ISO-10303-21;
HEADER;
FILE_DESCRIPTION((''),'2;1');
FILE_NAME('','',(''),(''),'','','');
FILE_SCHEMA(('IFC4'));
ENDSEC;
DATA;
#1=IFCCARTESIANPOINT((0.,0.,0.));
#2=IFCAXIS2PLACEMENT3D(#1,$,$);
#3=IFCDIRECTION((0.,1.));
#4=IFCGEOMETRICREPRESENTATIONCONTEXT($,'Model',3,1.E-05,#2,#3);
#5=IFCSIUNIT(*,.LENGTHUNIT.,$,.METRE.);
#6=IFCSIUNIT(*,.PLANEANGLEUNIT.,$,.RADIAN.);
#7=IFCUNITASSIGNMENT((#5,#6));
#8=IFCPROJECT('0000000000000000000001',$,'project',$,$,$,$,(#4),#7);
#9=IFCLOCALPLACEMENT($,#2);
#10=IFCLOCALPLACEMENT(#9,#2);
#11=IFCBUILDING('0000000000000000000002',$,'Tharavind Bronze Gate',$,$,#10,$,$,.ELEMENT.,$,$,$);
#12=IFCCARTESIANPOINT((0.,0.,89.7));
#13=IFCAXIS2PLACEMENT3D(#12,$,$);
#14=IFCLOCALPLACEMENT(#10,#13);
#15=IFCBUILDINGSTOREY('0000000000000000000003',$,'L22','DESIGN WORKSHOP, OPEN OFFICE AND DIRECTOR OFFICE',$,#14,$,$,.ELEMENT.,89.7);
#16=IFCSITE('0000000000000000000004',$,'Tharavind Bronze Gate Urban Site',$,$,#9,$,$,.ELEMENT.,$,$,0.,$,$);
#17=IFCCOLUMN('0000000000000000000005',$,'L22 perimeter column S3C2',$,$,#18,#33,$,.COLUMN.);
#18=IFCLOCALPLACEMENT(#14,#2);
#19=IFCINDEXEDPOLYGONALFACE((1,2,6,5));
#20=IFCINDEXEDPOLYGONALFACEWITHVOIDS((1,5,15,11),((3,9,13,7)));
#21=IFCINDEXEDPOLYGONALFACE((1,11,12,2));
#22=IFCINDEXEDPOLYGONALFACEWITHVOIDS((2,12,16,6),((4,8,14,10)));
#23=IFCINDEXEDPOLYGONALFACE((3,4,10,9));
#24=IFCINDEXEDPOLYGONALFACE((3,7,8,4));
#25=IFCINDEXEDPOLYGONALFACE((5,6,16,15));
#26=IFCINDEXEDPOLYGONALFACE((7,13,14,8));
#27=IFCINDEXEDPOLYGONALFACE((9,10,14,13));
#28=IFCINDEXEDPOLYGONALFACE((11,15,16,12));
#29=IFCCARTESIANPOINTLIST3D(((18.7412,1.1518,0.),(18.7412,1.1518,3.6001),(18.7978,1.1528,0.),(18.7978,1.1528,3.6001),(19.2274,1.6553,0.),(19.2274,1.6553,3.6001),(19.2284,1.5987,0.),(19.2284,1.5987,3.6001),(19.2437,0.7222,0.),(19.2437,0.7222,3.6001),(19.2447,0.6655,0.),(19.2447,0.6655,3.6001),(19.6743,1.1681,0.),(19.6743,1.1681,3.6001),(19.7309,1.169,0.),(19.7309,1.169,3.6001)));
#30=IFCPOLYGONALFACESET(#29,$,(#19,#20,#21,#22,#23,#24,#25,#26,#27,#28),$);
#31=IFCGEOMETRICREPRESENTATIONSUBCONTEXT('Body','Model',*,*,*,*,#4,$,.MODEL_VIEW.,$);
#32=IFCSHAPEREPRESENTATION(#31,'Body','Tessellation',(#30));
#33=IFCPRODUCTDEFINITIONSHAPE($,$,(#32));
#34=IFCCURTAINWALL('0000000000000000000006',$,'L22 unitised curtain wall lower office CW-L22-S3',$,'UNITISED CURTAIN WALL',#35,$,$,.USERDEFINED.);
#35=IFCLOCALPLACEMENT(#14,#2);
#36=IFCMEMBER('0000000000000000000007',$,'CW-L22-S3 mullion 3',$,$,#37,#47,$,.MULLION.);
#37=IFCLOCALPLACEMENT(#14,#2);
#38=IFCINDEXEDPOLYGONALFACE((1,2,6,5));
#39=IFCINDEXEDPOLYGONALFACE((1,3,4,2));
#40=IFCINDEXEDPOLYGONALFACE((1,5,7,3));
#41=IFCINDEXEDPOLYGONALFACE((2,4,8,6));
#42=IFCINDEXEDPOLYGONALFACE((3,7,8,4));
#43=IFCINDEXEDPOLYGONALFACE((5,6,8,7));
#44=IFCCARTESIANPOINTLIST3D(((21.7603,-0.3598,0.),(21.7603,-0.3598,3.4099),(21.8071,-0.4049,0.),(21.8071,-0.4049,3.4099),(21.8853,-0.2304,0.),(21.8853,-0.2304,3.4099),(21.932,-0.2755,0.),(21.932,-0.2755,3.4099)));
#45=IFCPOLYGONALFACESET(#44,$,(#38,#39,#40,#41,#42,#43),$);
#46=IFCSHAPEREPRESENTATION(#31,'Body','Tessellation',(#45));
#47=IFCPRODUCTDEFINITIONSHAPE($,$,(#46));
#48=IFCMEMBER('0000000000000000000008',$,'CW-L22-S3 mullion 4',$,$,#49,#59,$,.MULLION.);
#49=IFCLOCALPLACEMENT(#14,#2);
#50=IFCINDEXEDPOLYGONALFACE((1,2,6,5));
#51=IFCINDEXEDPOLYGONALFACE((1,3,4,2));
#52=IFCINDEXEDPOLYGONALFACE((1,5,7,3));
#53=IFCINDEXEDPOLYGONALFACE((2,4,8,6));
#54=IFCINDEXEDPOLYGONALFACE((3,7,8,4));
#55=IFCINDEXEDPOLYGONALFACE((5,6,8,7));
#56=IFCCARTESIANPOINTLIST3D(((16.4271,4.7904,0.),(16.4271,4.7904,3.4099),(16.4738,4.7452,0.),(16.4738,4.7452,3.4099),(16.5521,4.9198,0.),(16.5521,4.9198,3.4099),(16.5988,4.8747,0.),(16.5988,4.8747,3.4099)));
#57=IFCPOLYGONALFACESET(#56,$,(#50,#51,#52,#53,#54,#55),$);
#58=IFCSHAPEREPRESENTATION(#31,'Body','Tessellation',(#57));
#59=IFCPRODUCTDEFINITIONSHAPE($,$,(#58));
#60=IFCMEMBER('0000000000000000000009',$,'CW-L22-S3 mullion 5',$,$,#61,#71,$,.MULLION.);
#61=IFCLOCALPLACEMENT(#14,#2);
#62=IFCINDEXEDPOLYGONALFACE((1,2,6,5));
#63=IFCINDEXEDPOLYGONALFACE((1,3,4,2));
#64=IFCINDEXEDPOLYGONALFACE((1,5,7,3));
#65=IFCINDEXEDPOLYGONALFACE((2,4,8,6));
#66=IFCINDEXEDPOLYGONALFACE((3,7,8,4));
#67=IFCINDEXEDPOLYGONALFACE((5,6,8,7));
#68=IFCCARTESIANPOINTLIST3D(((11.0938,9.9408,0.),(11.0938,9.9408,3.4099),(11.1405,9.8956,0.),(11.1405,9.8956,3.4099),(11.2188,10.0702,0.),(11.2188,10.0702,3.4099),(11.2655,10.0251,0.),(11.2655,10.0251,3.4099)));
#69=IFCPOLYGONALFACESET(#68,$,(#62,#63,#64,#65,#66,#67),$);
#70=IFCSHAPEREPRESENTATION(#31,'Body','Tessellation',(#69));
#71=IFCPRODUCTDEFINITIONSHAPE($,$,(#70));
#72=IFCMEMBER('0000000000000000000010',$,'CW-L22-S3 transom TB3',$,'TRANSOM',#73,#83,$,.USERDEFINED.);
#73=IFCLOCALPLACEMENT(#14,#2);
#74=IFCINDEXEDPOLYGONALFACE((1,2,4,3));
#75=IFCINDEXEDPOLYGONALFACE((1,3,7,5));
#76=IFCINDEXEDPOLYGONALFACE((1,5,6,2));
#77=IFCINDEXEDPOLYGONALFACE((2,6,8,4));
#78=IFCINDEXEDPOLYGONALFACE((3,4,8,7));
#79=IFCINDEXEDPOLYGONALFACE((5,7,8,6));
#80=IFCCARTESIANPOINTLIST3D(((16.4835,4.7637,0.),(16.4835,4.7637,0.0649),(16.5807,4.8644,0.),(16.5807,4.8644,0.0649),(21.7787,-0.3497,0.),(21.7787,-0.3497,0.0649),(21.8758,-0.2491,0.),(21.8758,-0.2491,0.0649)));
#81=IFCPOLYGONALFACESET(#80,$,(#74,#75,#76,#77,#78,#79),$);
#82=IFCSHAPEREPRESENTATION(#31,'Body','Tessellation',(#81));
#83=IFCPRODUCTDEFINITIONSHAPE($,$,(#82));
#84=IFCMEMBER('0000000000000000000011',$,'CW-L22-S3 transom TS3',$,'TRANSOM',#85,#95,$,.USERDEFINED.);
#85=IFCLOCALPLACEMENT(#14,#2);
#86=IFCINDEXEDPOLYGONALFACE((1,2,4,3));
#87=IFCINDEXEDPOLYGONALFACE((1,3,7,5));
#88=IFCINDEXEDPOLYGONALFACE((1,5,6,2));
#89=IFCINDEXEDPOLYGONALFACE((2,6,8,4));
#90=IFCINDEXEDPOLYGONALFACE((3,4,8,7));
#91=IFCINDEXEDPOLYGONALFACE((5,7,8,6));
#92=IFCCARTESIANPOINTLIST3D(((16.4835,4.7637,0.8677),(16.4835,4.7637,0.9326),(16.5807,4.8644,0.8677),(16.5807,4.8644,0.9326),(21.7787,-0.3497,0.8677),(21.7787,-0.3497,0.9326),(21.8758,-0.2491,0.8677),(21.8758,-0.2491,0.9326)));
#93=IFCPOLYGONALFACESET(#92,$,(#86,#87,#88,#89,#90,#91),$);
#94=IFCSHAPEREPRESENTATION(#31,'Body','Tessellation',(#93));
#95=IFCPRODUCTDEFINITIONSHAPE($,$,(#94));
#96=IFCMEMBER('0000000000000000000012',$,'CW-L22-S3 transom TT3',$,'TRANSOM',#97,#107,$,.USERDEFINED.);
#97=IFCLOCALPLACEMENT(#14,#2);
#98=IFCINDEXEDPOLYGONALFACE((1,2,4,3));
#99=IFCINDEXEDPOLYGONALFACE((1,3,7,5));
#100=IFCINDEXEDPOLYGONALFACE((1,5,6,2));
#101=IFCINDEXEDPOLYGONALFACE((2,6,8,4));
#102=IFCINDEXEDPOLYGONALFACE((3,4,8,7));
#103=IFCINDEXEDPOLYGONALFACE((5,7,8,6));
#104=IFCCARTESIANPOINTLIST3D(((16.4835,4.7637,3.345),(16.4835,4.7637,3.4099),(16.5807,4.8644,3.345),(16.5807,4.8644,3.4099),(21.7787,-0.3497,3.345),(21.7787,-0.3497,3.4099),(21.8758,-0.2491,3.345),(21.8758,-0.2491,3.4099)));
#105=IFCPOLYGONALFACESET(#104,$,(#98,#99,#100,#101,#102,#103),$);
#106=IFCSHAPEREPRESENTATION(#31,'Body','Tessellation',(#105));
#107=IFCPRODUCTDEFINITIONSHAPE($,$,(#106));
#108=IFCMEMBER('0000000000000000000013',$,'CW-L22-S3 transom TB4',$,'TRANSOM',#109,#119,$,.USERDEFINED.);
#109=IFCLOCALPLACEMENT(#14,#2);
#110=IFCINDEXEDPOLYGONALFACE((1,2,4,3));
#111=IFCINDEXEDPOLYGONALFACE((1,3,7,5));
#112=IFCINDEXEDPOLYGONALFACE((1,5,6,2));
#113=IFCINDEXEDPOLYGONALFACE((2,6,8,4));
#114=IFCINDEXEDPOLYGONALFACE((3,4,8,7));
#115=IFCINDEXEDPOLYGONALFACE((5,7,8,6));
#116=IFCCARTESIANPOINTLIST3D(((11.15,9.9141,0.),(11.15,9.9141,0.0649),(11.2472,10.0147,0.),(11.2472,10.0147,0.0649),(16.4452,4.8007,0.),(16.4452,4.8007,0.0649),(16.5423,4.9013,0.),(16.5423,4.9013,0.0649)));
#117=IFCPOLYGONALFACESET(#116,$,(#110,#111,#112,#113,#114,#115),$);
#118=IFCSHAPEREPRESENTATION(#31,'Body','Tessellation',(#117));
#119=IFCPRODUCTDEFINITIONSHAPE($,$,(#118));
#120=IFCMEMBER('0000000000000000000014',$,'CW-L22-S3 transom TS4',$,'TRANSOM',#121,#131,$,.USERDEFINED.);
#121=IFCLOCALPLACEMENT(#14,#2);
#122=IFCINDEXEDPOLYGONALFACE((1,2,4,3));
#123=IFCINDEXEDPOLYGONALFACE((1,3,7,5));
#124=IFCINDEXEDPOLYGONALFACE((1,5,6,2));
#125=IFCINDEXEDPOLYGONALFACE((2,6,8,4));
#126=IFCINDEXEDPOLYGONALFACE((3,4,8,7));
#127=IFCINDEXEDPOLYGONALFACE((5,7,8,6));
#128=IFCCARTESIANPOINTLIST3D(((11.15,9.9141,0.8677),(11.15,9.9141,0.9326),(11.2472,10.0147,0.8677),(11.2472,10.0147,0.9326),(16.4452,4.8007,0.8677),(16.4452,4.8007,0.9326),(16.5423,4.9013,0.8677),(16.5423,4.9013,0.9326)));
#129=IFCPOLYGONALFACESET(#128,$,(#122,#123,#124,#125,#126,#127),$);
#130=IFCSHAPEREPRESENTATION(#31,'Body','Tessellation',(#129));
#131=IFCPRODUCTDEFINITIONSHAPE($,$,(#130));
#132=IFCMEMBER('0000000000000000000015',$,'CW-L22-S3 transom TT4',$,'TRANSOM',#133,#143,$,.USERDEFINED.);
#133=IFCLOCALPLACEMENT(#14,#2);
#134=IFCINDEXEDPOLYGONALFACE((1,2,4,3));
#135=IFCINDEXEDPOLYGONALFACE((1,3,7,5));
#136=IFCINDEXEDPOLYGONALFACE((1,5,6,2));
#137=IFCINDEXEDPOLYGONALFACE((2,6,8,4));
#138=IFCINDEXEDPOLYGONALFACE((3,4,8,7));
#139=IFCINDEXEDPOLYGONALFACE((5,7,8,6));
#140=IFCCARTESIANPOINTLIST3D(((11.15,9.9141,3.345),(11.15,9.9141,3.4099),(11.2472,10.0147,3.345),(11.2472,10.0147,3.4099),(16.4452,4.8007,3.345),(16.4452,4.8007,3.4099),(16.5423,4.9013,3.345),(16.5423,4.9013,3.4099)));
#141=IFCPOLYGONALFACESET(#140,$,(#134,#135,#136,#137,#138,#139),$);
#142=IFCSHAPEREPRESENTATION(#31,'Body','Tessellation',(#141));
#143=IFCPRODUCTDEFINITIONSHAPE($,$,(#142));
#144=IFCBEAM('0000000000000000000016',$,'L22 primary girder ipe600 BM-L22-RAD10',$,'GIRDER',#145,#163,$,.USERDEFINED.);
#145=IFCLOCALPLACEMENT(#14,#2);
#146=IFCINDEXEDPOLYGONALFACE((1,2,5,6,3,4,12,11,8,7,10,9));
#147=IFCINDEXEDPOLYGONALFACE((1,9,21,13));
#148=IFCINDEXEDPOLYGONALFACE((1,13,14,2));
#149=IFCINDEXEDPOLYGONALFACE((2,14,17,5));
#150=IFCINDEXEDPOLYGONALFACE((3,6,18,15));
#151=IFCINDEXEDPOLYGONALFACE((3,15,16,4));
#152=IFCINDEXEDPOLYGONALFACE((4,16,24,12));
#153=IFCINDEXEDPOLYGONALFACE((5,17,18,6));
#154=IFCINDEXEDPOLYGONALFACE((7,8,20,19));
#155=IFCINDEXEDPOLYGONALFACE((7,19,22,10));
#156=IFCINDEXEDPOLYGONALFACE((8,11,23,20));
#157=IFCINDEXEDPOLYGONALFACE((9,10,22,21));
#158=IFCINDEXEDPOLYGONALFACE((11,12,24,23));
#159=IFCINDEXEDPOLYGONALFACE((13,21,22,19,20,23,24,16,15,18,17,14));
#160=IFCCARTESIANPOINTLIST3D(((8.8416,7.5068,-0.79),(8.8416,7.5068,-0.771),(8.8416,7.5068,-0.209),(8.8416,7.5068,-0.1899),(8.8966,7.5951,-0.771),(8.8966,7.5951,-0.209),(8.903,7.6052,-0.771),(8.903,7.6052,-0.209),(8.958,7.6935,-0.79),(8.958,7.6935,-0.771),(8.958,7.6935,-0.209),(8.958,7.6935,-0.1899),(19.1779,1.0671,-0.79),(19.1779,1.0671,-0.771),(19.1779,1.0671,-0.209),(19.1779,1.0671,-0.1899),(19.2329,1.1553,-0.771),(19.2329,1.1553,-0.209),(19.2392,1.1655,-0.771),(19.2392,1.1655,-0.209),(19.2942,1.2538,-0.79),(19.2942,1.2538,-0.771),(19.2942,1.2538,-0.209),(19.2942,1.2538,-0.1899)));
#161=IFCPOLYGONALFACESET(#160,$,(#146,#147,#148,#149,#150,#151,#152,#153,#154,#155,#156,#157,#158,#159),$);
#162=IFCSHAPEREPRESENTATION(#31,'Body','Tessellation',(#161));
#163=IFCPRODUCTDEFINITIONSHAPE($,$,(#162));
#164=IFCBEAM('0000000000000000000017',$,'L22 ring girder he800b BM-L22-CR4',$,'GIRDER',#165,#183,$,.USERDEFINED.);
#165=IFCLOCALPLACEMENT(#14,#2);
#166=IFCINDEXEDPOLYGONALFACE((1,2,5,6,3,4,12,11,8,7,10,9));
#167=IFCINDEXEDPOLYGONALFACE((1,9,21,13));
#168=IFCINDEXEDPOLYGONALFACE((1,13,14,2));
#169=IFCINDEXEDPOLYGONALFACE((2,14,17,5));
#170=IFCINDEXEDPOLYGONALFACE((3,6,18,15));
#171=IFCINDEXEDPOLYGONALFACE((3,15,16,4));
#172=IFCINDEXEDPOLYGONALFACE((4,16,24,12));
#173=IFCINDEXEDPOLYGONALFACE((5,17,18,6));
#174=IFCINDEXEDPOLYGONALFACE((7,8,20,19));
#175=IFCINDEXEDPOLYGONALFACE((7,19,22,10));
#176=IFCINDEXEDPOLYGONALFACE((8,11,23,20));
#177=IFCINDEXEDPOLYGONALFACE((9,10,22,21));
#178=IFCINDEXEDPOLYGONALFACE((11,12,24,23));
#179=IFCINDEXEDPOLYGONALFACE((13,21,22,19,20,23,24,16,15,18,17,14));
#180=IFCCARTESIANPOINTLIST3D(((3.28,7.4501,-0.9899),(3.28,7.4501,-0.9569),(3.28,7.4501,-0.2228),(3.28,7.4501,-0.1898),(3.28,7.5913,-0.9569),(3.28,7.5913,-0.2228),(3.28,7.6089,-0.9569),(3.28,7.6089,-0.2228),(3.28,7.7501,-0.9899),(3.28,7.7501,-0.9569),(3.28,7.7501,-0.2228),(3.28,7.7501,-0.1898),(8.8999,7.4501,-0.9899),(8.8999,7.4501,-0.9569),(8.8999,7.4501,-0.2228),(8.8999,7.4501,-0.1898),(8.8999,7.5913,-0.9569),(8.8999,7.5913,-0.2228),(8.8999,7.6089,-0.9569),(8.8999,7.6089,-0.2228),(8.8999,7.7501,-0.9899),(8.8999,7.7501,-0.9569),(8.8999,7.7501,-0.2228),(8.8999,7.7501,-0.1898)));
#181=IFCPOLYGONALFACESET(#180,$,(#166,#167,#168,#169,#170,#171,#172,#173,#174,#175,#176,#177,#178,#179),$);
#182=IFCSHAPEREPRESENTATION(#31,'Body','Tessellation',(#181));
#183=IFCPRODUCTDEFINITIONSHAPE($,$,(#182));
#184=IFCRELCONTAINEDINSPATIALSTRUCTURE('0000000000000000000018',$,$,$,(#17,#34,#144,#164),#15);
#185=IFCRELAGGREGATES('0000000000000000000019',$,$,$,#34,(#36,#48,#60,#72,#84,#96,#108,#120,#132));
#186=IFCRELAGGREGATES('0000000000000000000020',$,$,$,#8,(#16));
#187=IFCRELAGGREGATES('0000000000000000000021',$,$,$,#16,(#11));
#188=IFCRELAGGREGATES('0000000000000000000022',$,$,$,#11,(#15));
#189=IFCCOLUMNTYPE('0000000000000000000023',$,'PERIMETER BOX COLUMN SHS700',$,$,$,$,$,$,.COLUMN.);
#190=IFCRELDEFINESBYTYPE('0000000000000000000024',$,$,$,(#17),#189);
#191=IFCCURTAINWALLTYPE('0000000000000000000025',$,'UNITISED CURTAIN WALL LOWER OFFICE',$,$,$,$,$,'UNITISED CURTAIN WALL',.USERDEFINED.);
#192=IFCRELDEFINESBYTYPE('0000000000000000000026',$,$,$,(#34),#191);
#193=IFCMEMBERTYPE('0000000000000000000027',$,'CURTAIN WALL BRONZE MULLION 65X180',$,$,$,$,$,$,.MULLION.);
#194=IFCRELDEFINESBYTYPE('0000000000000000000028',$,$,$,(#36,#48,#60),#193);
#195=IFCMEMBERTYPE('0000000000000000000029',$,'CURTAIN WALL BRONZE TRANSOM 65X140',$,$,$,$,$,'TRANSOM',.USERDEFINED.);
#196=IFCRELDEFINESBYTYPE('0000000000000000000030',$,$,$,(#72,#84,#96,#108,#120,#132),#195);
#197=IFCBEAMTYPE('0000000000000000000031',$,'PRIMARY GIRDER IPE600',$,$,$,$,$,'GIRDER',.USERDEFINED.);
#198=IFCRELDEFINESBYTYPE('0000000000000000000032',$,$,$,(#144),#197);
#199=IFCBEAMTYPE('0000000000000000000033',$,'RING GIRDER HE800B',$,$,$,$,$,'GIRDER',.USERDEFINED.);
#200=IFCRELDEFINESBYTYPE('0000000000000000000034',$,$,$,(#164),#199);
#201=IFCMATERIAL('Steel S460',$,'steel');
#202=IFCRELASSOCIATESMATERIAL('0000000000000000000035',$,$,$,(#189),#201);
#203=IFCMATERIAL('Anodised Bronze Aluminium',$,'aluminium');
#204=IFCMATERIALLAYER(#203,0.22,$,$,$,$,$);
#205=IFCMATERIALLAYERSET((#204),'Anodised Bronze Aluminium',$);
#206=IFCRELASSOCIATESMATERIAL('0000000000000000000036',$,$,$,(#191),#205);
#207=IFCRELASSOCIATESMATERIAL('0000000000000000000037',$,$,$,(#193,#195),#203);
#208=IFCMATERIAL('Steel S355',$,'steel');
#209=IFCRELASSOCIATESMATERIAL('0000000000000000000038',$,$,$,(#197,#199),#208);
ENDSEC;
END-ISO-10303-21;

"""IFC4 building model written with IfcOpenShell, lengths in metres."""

from ifc_helpers import new_model, si_unit, direction, frame, origin, origin_2d, place, context, subcontext, project, spatial, rectangle, hollow_rectangle, i_section, extrude, material, layer, layer_set, material_profile, profile_set, type_object, element, aggregate, save


model = new_model("IFC4")

# Units and contexts
model_context = context("Model", 3, precision=1e-05, world=origin(), true_north=direction((0.0, 1.0)))
body_context = subcontext(model_context, "Body", "Model", "MODEL_VIEW")
ifc_project = project(units=[si_unit("LENGTHUNIT", "METRE"), si_unit("PLANEANGLEUNIT", "RADIAN")], contexts=[model_context])

# Site, building, storey
site_placement = place(None, origin())
site = spatial("IfcSite", under=ifc_project, at=site_placement, Name="Tharavind Bronze Gate Urban Site", CompositionType="ELEMENT", RefElevation=0.0)
building_placement = place(site_placement, origin())
building = spatial("IfcBuilding", under=site, at=building_placement, Name="Tharavind Bronze Gate", CompositionType="ELEMENT")
storey_placement = place(building_placement, frame((0.0, 0.0, 89.7)))
storey = spatial("IfcBuildingStorey", under=building, at=storey_placement, Name="L22", Description="DESIGN WORKSHOP, OPEN OFFICE AND DIRECTOR OFFICE", CompositionType="ELEMENT", Elevation=89.7)

# Column
ifc_material_1 = material(Name="Steel S460", Category="steel")
ifc_material_profile_1 = material_profile(ifc_material_1, hollow_rectangle(XDim=0.7, YDim=0.7, WallThickness=0.04, at=origin_2d()), Name="SHS700X40")
ifc_profile_set_1 = profile_set([ifc_material_profile_1], Name="Steel S460")
column_type = type_object("IfcColumnType", Name="PERIMETER BOX COLUMN SHS700", PredefinedType="COLUMN", material=ifc_profile_set_1)
column_placement = place(storey_placement, frame((19.2361, 1.1604, 0.0), z_axis=(0.0, 0.0, 1.0), x_axis=(-0.71934, 0.694658, 0.0)))
element("IfcColumn", 1, at=column_placement, inside=storey, type_object=column_type, Name="L22 perimeter column S3C2", PredefinedType="COLUMN", context=body_context, shape_type="SweptSolid", body=[
    extrude(hollow_rectangle(XDim=0.7, YDim=0.7, WallThickness=0.04, at=origin_2d()), origin(), (0.0, 0.0, 1.0), 3.6001),
])

# Curtain wall, members
ifc_material_2 = material(Name="Anodised Bronze Aluminium", Category="aluminium")
ifc_layer_1 = layer(ifc_material_2, 0.22)
ifc_layer_set_1 = layer_set([ifc_layer_1], Name="Anodised Bronze Aluminium")
curtain_wall_type = type_object("IfcCurtainWallType", Name="UNITISED CURTAIN WALL LOWER OFFICE", ElementType="UNITISED CURTAIN WALL", PredefinedType="USERDEFINED", material=ifc_layer_set_1)
curtain_wall_placement = place(storey_placement, origin())
curtain_wall = element("IfcCurtainWall", 2, at=curtain_wall_placement, inside=storey, type_object=curtain_wall_type, Name="L22 unitised curtain wall lower office CW-L22-S3", ObjectType="UNITISED CURTAIN WALL", PredefinedType="USERDEFINED")
member_type_1 = type_object("IfcMemberType", Name="CURTAIN WALL BRONZE MULLION 65X180", PredefinedType="MULLION", material=ifc_material_2)
member_1_placement = place(storey_placement, frame((21.8462, -0.3176, 0.0), z_axis=(0.0, 0.0, 1.0), x_axis=(-0.719341, 0.694657, 0.0)))
member_1 = element("IfcMember", 3, at=member_1_placement, type_object=member_type_1, Name="CW-L22-S3 mullion 3", PredefinedType="MULLION", context=body_context, shape_type="SweptSolid", body=[
    extrude(rectangle(XDim=0.0649, YDim=0.1799, at=origin_2d()), origin(), (0.0, 0.0, 1.0), 3.4099),
])
member_2_placement = place(storey_placement, frame((16.5129, 4.8325, 0.0), z_axis=(0.0, 0.0, 1.0), x_axis=(-0.719341, 0.694657, 0.0)))
member_2 = element("IfcMember", 4, at=member_2_placement, type_object=member_type_1, Name="CW-L22-S3 mullion 4", PredefinedType="MULLION", context=body_context, shape_type="SweptSolid", body=[
    extrude(rectangle(XDim=0.0649, YDim=0.1799, at=origin_2d()), origin(), (0.0, 0.0, 1.0), 3.4099),
])
member_3_placement = place(storey_placement, frame((11.1797, 9.9829, 0.0), z_axis=(0.0, 0.0, 1.0), x_axis=(-0.719341, 0.694657, 0.0)))
member_3 = element("IfcMember", 5, at=member_3_placement, type_object=member_type_1, Name="CW-L22-S3 mullion 5", PredefinedType="MULLION", context=body_context, shape_type="SweptSolid", body=[
    extrude(rectangle(XDim=0.0649, YDim=0.1799, at=origin_2d()), origin(), (0.0, 0.0, 1.0), 3.4099),
])
member_type_2 = type_object("IfcMemberType", Name="CURTAIN WALL BRONZE TRANSOM 65X140", ElementType="TRANSOM", PredefinedType="USERDEFINED", material=ifc_material_2)
member_4_placement = place(storey_placement, frame((19.1797, 2.2573, 0.0), z_axis=(0.0, 0.0, 1.0), x_axis=(-0.719341, 0.694657, 0.0)))
member_4 = element("IfcMember", 6, at=member_4_placement, type_object=member_type_2, Name="CW-L22-S3 transom TB3", ObjectType="TRANSOM", PredefinedType="USERDEFINED", context=body_context, shape_type="SweptSolid", body=[
    extrude(rectangle(XDim=7.3611, YDim=0.1399, at=origin_2d()), origin(), (0.0, 0.0, 1.0), 0.0649),
])
member_5_placement = place(storey_placement, frame((19.1797, 2.2573, 0.8677), z_axis=(0.0, 0.0, 1.0), x_axis=(-0.719341, 0.694657, 0.0)))
member_5 = element("IfcMember", 7, at=member_5_placement, type_object=member_type_2, Name="CW-L22-S3 transom TS3", ObjectType="TRANSOM", PredefinedType="USERDEFINED", context=body_context, shape_type="SweptSolid", body=[
    extrude(rectangle(XDim=7.3611, YDim=0.1399, at=origin_2d()), origin(), (0.0, 0.0, 1.0), 0.0649),
])
member_6_placement = place(storey_placement, frame((19.1797, 2.2573, 3.345), z_axis=(0.0, 0.0, 1.0), x_axis=(-0.719341, 0.694657, 0.0)))
member_6 = element("IfcMember", 8, at=member_6_placement, type_object=member_type_2, Name="CW-L22-S3 transom TT3", ObjectType="TRANSOM", PredefinedType="USERDEFINED", context=body_context, shape_type="SweptSolid", body=[
    extrude(rectangle(XDim=7.3611, YDim=0.1399, at=origin_2d()), origin(), (0.0, 0.0, 1.0), 0.0649),
])
member_7_placement = place(storey_placement, frame((13.8462, 7.4077, 0.0), z_axis=(0.0, 0.0, 1.0), x_axis=(-0.719341, 0.694657, 0.0)))
member_7 = element("IfcMember", 9, at=member_7_placement, type_object=member_type_2, Name="CW-L22-S3 transom TB4", ObjectType="TRANSOM", PredefinedType="USERDEFINED", context=body_context, shape_type="SweptSolid", body=[
    extrude(rectangle(XDim=7.3611, YDim=0.1399, at=origin_2d()), origin(), (0.0, 0.0, 1.0), 0.0649),
])
member_8_placement = place(storey_placement, frame((13.8462, 7.4077, 0.8677), z_axis=(0.0, 0.0, 1.0), x_axis=(-0.719341, 0.694657, 0.0)))
member_8 = element("IfcMember", 10, at=member_8_placement, type_object=member_type_2, Name="CW-L22-S3 transom TS4", ObjectType="TRANSOM", PredefinedType="USERDEFINED", context=body_context, shape_type="SweptSolid", body=[
    extrude(rectangle(XDim=7.3611, YDim=0.1399, at=origin_2d()), origin(), (0.0, 0.0, 1.0), 0.0649),
])
member_9_placement = place(storey_placement, frame((13.8462, 7.4077, 3.345), z_axis=(0.0, 0.0, 1.0), x_axis=(-0.719341, 0.694657, 0.0)))
member_9 = element("IfcMember", 11, at=member_9_placement, type_object=member_type_2, Name="CW-L22-S3 transom TT4", ObjectType="TRANSOM", PredefinedType="USERDEFINED", context=body_context, shape_type="SweptSolid", body=[
    extrude(rectangle(XDim=7.3611, YDim=0.1399, at=origin_2d()), origin(), (0.0, 0.0, 1.0), 0.0649),
])

# Beams
ifc_material_3 = material(Name="Steel S355", Category="steel")
ifc_material_profile_2 = material_profile(ifc_material_3, i_section(OverallWidth=0.22, OverallDepth=0.6001, WebThickness=0.012, FlangeThickness=0.019, at=origin_2d()), Name="IPE600")
ifc_profile_set_2 = profile_set([ifc_material_profile_2], Name="Steel S355")
beam_type_1 = type_object("IfcBeamType", Name="PRIMARY GIRDER IPE600", ElementType="GIRDER", PredefinedType="USERDEFINED", material=ifc_profile_set_2)
beam_1_placement = place(storey_placement, frame((19.2361, 1.1604, -0.49), z_axis=(-0.848751, 0.528793, 0.0), x_axis=(-0.528793, -0.848751, 0.0)))
element("IfcBeam", 12, at=beam_1_placement, inside=storey, type_object=beam_type_1, Name="L22 primary girder ipe600 BM-L22-RAD10", ObjectType="GIRDER", PredefinedType="USERDEFINED", context=body_context, shape_type="SweptSolid", body=[
    extrude(i_section(OverallWidth=0.22, OverallDepth=0.6001, WebThickness=0.012, FlangeThickness=0.019, at=origin_2d()), origin(), (0.0, 0.0, 1.0), 12.1782),
])
ifc_material_profile_3 = material_profile(ifc_material_3, i_section(OverallWidth=0.3, OverallDepth=0.8, WebThickness=0.0176, FlangeThickness=0.033, at=origin_2d()), Name="HE800B")
ifc_profile_set_3 = profile_set([ifc_material_profile_3], Name="Steel S355")
beam_type_2 = type_object("IfcBeamType", Name="RING GIRDER HE800B", ElementType="GIRDER", PredefinedType="USERDEFINED", material=ifc_profile_set_3)
beam_2_placement = place(storey_placement, frame((8.8999, 7.6001, -0.5898), z_axis=(-1.0, 0.0, 0.0), x_axis=(0.0, -1.0, 0.0)))
element("IfcBeam", 13, at=beam_2_placement, inside=storey, type_object=beam_type_2, Name="L22 ring girder he800b BM-L22-CR4", ObjectType="GIRDER", PredefinedType="USERDEFINED", context=body_context, shape_type="SweptSolid", body=[
    extrude(i_section(OverallWidth=0.3, OverallDepth=0.8, WebThickness=0.0176, FlangeThickness=0.033, at=origin_2d()), origin(), (0.0, 0.0, 1.0), 5.6199),
])

aggregate(curtain_wall, [member_1, member_2, member_3, member_4, member_5, member_6, member_7, member_8, member_9])

save(model, "model.ifc")
